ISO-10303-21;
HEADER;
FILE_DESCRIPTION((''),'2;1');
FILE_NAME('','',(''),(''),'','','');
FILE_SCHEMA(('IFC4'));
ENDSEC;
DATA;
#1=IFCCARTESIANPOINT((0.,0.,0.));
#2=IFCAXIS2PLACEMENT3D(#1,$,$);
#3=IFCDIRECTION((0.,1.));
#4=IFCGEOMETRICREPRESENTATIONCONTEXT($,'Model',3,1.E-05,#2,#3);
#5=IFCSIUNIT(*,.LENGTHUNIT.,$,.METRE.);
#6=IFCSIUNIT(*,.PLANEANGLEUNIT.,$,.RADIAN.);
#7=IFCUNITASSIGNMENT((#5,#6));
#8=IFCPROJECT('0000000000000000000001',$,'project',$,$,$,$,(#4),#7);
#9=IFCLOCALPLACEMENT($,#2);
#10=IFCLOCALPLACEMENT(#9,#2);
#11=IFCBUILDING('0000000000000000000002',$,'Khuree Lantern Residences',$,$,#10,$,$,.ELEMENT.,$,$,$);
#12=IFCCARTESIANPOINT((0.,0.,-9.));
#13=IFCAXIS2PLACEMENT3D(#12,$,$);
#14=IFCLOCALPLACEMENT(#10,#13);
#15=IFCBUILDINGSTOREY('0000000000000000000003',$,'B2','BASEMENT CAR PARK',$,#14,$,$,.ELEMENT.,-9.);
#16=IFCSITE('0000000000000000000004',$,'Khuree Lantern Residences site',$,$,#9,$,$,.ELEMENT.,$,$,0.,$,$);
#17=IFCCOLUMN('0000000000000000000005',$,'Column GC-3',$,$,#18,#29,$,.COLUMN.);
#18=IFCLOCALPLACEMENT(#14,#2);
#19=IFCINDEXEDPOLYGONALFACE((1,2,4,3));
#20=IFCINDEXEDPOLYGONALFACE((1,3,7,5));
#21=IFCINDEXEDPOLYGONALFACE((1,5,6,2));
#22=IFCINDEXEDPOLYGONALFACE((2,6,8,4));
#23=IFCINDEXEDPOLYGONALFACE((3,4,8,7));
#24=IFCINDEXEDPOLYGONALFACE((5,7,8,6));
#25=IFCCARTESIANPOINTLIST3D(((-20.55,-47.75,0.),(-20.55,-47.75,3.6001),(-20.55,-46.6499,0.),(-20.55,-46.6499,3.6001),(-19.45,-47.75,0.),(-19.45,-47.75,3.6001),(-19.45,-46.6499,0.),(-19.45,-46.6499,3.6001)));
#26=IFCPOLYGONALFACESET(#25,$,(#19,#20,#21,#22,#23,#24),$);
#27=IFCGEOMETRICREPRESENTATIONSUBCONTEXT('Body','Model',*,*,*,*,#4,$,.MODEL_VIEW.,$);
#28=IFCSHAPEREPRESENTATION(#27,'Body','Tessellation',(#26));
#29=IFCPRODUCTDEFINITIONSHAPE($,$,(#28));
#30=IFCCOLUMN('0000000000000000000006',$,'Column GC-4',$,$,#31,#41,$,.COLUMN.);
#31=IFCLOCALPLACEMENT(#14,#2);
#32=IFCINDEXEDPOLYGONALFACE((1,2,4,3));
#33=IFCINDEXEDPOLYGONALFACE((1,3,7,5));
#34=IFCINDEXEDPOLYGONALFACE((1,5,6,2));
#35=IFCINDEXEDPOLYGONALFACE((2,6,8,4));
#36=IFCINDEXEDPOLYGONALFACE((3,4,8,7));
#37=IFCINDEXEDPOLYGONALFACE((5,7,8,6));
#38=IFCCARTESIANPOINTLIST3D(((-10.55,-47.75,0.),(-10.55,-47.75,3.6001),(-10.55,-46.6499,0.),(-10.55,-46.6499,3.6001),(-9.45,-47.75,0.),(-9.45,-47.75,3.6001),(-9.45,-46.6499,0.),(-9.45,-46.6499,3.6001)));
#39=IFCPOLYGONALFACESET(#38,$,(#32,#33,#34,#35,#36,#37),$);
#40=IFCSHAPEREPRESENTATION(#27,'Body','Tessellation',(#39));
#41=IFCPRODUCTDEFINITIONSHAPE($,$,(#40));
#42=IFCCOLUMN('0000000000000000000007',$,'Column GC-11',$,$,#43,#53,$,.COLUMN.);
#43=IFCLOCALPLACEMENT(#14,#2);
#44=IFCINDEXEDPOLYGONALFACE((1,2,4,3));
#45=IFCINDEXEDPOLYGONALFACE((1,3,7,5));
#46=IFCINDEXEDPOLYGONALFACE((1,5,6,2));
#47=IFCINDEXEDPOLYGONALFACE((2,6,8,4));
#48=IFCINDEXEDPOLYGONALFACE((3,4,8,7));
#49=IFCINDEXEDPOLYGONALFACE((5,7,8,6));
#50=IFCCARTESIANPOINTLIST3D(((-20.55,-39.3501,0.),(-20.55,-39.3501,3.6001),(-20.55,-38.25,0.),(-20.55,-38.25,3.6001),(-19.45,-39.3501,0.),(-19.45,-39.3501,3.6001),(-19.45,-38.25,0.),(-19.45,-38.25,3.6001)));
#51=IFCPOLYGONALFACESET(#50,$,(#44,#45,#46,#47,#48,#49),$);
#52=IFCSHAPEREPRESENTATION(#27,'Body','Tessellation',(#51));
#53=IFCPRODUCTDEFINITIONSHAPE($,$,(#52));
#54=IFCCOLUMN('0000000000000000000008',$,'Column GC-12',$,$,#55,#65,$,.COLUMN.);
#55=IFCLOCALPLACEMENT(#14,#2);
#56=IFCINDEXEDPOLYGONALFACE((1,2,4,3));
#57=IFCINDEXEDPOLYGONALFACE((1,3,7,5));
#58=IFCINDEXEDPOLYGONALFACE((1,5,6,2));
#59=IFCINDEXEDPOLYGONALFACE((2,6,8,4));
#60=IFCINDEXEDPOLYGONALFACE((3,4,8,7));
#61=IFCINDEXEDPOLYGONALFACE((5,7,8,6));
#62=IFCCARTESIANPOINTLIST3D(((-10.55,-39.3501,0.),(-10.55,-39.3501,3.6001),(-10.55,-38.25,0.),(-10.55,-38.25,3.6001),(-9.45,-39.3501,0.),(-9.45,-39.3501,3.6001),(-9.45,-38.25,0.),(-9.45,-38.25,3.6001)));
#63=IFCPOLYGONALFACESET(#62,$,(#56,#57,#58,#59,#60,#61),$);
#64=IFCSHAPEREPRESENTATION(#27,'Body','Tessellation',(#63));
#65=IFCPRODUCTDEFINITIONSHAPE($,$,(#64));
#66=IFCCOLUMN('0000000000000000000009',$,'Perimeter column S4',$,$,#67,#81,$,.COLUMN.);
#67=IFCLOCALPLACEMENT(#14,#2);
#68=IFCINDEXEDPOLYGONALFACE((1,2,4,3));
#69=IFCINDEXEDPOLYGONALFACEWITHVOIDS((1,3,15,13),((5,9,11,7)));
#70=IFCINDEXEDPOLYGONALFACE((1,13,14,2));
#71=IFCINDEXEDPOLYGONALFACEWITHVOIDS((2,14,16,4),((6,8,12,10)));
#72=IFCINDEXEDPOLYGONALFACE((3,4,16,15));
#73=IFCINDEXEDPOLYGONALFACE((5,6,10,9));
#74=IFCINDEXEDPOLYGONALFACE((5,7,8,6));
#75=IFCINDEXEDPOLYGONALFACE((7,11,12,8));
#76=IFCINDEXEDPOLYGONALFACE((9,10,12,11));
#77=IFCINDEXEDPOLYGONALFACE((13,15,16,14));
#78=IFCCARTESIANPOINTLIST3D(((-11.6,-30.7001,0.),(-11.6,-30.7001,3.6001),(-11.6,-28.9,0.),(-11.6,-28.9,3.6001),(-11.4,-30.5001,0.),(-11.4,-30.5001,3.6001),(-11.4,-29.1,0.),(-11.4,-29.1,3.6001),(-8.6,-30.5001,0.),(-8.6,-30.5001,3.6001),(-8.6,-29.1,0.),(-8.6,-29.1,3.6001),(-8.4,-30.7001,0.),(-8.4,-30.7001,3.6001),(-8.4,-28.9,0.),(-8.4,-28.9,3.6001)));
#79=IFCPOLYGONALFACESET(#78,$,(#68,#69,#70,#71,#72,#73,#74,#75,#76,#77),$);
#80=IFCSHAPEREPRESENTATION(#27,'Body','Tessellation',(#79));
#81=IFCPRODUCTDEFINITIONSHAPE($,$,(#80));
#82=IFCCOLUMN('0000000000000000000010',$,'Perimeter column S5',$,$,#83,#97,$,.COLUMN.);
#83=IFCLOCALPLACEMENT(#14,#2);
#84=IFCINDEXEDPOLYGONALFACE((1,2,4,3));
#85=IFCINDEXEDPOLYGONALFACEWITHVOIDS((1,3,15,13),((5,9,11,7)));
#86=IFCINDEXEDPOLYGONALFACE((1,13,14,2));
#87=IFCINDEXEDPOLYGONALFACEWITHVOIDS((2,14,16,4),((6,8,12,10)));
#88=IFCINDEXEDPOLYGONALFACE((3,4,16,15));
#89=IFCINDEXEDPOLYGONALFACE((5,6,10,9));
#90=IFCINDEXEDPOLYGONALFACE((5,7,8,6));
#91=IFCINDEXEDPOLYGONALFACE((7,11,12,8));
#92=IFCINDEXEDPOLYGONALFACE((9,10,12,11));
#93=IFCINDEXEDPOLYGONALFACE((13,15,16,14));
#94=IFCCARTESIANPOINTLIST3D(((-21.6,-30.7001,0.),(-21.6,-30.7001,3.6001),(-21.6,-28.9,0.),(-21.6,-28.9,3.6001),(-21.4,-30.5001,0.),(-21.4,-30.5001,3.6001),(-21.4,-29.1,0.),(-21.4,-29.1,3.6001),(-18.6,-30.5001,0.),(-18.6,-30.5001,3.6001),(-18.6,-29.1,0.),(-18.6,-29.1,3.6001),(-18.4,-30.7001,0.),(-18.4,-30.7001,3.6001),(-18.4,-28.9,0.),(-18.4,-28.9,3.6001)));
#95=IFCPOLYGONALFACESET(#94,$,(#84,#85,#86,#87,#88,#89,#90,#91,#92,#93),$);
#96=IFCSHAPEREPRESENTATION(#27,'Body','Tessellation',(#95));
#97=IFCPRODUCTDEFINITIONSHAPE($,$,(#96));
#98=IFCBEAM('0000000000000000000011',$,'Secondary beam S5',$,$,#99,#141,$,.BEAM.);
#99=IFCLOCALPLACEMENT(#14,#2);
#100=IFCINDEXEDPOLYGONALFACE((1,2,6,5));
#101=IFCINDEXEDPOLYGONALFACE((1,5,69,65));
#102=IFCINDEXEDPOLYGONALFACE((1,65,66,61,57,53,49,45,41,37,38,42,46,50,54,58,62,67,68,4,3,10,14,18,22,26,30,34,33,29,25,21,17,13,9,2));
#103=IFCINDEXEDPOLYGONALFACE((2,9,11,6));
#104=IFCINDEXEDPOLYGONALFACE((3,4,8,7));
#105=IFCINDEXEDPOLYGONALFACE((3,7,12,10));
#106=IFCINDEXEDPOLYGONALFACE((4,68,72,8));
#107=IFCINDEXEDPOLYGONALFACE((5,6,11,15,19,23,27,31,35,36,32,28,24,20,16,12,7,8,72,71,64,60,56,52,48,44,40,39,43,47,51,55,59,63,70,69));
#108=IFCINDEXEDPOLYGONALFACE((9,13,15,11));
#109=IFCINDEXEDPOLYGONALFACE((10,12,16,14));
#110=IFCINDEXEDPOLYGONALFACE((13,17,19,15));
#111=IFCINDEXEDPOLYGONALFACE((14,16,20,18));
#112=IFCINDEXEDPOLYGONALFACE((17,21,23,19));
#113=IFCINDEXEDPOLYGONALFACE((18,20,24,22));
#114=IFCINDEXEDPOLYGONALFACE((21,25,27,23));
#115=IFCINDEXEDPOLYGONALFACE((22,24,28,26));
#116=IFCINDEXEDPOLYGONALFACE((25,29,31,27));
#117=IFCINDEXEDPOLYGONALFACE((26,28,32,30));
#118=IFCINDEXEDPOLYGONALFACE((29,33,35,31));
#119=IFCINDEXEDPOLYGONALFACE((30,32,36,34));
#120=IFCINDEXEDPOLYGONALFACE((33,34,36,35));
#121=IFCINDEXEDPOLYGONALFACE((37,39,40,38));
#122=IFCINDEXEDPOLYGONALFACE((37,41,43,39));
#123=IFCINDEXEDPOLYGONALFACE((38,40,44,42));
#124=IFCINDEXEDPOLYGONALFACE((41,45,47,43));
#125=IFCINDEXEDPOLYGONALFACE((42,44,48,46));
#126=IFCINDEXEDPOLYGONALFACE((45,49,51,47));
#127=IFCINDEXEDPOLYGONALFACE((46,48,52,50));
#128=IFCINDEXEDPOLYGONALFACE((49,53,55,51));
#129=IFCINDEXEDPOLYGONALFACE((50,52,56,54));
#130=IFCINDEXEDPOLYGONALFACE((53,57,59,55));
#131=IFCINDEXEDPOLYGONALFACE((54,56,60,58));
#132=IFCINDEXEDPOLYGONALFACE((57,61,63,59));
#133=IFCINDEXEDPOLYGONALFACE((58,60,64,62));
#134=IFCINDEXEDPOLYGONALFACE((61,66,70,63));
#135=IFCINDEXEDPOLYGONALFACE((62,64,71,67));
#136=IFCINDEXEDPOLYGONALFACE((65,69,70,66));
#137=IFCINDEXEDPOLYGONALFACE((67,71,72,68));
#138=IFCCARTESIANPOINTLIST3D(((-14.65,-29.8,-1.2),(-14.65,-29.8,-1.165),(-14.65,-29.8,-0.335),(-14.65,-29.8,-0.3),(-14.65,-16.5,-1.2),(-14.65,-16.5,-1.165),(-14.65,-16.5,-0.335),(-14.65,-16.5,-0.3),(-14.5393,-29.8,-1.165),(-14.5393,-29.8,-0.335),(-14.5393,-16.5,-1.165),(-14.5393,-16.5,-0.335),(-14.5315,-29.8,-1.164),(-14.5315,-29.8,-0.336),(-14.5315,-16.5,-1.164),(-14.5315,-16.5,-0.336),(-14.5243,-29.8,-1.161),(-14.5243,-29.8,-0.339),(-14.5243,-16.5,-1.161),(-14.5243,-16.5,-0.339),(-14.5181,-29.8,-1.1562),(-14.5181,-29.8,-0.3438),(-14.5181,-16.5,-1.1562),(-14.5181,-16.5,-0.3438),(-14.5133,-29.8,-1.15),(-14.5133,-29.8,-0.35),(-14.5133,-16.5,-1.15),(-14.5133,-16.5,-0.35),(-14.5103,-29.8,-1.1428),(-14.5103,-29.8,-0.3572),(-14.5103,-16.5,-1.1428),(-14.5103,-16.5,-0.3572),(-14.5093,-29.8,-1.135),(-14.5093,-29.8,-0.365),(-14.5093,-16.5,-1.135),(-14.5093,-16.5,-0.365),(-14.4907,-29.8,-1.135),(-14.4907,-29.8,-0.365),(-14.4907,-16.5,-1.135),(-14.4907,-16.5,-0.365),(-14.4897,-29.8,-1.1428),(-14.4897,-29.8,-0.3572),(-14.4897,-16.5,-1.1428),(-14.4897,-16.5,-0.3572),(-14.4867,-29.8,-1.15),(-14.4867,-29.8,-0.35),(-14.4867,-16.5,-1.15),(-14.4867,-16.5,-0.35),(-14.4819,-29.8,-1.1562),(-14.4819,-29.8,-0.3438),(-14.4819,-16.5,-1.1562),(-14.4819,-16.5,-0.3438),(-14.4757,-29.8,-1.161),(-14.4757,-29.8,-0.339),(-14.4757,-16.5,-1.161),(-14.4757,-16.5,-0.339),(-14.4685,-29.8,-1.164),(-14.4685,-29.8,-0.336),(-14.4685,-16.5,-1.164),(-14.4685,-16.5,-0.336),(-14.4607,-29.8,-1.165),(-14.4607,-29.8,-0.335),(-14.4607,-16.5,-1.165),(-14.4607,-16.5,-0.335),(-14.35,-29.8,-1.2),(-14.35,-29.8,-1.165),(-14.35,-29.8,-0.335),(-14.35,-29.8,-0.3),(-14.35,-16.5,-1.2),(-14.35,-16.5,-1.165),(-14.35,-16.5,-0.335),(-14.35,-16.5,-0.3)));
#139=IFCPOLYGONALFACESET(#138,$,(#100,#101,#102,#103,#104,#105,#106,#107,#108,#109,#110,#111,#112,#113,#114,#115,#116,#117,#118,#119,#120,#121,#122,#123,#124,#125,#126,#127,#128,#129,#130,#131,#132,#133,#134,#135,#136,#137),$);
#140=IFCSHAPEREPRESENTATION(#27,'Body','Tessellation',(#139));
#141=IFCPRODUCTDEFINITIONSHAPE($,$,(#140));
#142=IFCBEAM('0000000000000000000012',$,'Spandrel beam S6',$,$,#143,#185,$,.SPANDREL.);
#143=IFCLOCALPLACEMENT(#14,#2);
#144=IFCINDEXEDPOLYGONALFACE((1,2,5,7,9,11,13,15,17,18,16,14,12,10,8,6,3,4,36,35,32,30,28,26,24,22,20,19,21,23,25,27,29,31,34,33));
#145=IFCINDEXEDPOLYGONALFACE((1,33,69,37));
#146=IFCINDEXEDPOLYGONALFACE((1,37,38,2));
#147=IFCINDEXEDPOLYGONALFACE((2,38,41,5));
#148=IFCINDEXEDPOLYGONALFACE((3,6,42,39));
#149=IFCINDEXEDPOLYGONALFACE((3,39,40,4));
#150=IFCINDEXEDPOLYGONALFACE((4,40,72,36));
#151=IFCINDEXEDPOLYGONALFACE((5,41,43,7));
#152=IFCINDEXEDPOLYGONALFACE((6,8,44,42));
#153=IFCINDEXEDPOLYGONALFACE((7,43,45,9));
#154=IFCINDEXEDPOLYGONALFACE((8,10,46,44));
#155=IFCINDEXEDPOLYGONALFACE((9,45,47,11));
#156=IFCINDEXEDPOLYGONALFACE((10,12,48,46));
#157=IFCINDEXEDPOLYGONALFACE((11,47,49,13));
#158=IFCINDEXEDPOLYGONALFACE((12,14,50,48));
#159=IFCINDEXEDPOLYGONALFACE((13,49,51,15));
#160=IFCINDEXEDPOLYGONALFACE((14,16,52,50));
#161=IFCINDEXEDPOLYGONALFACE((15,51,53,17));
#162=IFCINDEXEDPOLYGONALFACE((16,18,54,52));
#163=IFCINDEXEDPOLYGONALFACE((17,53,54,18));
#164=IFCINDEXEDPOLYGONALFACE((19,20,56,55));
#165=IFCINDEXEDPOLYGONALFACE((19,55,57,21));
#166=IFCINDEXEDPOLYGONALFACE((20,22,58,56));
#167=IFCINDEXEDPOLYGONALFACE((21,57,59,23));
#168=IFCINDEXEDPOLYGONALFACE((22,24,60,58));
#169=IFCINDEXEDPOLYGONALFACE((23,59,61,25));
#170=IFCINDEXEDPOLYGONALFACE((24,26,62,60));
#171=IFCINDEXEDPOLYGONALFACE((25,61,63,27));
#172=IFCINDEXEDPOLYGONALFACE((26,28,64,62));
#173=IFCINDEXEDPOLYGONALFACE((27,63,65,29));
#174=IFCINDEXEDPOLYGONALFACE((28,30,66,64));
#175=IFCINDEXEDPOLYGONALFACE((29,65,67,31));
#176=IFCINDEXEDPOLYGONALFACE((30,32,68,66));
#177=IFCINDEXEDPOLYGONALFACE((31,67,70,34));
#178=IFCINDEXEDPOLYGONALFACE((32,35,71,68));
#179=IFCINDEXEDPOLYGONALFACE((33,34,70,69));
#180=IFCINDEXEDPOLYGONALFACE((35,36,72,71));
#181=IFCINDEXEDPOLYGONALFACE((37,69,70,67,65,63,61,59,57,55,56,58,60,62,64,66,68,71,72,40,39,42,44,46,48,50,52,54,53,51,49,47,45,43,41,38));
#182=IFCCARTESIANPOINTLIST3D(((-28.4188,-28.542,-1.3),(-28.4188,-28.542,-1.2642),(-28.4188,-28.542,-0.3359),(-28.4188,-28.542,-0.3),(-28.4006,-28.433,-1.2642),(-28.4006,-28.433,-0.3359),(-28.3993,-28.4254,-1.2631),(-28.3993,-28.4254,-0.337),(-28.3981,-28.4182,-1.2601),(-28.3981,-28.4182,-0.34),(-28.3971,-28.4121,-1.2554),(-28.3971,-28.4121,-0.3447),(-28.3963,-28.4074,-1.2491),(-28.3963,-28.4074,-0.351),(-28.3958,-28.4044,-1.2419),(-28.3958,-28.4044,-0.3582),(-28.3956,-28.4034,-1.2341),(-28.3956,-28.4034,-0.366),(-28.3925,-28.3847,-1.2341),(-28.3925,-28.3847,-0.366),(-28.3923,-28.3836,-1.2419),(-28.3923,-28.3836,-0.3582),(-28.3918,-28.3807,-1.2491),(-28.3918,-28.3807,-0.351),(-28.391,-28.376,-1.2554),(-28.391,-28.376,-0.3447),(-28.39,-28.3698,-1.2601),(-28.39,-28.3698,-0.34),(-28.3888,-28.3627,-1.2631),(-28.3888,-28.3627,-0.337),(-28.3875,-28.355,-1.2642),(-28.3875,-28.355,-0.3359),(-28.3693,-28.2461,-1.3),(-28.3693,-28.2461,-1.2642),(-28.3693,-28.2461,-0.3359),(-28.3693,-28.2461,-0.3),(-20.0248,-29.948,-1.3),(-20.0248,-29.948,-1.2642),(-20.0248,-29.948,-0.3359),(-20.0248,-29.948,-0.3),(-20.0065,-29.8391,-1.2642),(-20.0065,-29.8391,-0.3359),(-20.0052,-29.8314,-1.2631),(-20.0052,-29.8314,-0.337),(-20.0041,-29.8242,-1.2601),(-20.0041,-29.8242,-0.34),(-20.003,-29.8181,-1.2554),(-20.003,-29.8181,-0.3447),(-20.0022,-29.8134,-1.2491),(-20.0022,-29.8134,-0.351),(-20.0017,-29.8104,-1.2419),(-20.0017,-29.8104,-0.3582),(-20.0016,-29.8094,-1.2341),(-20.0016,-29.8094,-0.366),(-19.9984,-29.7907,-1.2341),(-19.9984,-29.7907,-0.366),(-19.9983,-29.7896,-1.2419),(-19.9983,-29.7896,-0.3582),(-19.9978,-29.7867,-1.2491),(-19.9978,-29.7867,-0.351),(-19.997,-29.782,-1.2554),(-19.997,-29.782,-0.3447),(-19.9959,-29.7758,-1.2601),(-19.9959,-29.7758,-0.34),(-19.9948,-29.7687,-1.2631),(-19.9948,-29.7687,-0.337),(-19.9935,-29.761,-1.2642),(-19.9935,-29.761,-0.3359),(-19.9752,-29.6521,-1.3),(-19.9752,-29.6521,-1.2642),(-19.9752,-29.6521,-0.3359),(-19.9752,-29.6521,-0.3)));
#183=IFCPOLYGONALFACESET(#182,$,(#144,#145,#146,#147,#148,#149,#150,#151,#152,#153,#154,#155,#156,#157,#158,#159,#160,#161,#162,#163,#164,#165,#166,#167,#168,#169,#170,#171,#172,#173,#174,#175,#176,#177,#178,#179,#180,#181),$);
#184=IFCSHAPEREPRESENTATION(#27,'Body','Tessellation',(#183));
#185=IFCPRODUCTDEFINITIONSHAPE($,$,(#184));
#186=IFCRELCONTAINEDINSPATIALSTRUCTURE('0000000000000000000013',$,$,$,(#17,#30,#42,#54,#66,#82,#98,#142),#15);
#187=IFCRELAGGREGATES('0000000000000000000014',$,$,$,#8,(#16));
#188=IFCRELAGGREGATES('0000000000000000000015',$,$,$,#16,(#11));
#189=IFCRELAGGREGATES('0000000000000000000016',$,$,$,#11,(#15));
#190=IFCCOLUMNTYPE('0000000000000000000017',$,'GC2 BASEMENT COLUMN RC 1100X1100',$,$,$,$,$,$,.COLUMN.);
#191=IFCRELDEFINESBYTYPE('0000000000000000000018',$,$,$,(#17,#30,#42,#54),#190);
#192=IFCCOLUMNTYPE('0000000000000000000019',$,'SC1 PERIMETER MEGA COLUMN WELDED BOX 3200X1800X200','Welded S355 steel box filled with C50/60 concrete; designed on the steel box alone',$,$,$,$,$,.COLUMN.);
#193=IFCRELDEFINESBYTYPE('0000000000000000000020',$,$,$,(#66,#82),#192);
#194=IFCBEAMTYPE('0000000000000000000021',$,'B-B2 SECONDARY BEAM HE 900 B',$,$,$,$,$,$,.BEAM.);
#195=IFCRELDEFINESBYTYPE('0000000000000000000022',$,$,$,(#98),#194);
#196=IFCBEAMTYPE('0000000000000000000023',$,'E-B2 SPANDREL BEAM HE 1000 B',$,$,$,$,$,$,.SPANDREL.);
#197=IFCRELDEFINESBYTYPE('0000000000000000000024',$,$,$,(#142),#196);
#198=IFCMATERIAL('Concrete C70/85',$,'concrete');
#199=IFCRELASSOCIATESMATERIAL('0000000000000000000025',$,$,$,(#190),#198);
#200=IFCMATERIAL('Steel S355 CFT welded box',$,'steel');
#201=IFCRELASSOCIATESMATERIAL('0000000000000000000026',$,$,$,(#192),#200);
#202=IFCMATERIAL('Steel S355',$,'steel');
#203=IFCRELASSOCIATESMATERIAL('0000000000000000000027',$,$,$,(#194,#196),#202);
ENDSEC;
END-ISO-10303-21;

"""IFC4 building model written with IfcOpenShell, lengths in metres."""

from ifc_helpers import new_model, si_unit, direction, frame, origin, origin_2d, place, context, subcontext, project, spatial, rectangle, hollow_rectangle, i_section, extrude, material, material_profile, profile_set, type_object, element, save


model = new_model("IFC4")

# Units and contexts
model_context = context("Model", 3, precision=1e-05, world=origin(), true_north=direction((0.0, 1.0)))
body_context = subcontext(model_context, "Body", "Model", "MODEL_VIEW")
ifc_project = project(units=[si_unit("LENGTHUNIT", "METRE"), si_unit("PLANEANGLEUNIT", "RADIAN")], contexts=[model_context])

# Site, building, storey
site_placement = place(None, origin())
site = spatial("IfcSite", under=ifc_project, at=site_placement, Name="Khuree Lantern Residences site", CompositionType="ELEMENT", RefElevation=0.0)
building_placement = place(site_placement, origin())
building = spatial("IfcBuilding", under=site, at=building_placement, Name="Khuree Lantern Residences", CompositionType="ELEMENT")
storey_placement = place(building_placement, frame((0.0, 0.0, -9.0)))
storey = spatial("IfcBuildingStorey", under=building, at=storey_placement, Name="B2", Description="BASEMENT CAR PARK", CompositionType="ELEMENT", Elevation=-9.0)

# Columns
ifc_material_1 = material(Name="Concrete C70/85", Category="concrete")
ifc_material_profile_1 = material_profile(ifc_material_1, rectangle(XDim=1.1001, YDim=1.1001, at=origin_2d()), Name="RC 1100X1100")
ifc_profile_set_1 = profile_set([ifc_material_profile_1], Name="Concrete C70/85")
column_type_1 = type_object("IfcColumnType", Name="GC2 BASEMENT COLUMN RC 1100X1100", PredefinedType="COLUMN", material=ifc_profile_set_1)
for number, where, z_axis, x_axis, name in (
    (1, (-20.0, -47.2, 0.0), (0.0, 0.0, 1.0), (1.0, 0.0, 0.0), "Column GC-3"),
    (2, (-10.0, -47.2, 0.0), (0.0, 0.0, 1.0), (1.0, 0.0, 0.0), "Column GC-4"),
    (3, (-20.0, -38.8, 0.0), (0.0, 0.0, 1.0), (1.0, 0.0, 0.0), "Column GC-11"),
    (4, (-10.0, -38.8, 0.0), (0.0, 0.0, 1.0), (1.0, 0.0, 0.0), "Column GC-12"),
):
    element("IfcColumn", number, at=place(storey_placement, frame(where, z_axis=z_axis, x_axis=x_axis)), inside=storey, type_object=column_type_1, Name=name, PredefinedType="COLUMN", context=body_context, shape_type="SweptSolid", body=[
        extrude(rectangle(XDim=1.1001, YDim=1.1001, at=origin_2d()), origin(), (0.0, 0.0, 1.0), 3.6001),
    ])
ifc_material_2 = material(Name="Steel S355 CFT welded box", Category="steel")
ifc_material_profile_2 = material_profile(ifc_material_2, hollow_rectangle(XDim=3.2, YDim=1.8, WallThickness=0.2, at=origin_2d()), Name="WELDED BOX 3200X1800X200")
ifc_profile_set_2 = profile_set([ifc_material_profile_2], Name="Steel S355 CFT welded box")
column_type_2 = type_object("IfcColumnType", Name="SC1 PERIMETER MEGA COLUMN WELDED BOX 3200X1800X200", Description="Welded S355 steel box filled with C50/60 concrete; designed on the steel box alone", PredefinedType="COLUMN", material=ifc_profile_set_2)
for number, where, z_axis, x_axis, name in (
    (5, (-10.0, -29.8, 0.0), (0.0, 0.0, 1.0), (1.0, 0.0, 0.0), "Perimeter column S4"),
    (6, (-20.0, -29.8, 0.0), (0.0, 0.0, 1.0), (1.0, 0.0, 0.0), "Perimeter column S5"),
):
    element("IfcColumn", number, at=place(storey_placement, frame(where, z_axis=z_axis, x_axis=x_axis)), inside=storey, type_object=column_type_2, Name=name, PredefinedType="COLUMN", context=body_context, shape_type="SweptSolid", body=[
        extrude(hollow_rectangle(XDim=3.2, YDim=1.8, WallThickness=0.2, at=origin_2d()), origin(), (0.0, 0.0, 1.0), 3.6001),
    ])

# Beams
ifc_material_3 = material(Name="Steel S355", Category="steel")
ifc_material_profile_3 = material_profile(ifc_material_3, i_section(OverallWidth=0.3, OverallDepth=0.8999, WebThickness=0.0186, FlangeThickness=0.0349, FilletRadius=0.03, at=origin_2d()), Name="HE 900 B")
ifc_profile_set_3 = profile_set([ifc_material_profile_3], Name="Steel S355")
beam_type_1 = type_object("IfcBeamType", Name="B-B2 SECONDARY BEAM HE 900 B", PredefinedType="BEAM", material=ifc_profile_set_3)
beam_1_placement = place(storey_placement, frame((-14.5, -29.8, -0.75), z_axis=(0.0, 1.0, 0.0), x_axis=(-1.0, 0.0, 0.0)))
element("IfcBeam", 7, at=beam_1_placement, inside=storey, type_object=beam_type_1, Name="Secondary beam S5", PredefinedType="BEAM", context=body_context, shape_type="SweptSolid", body=[
    extrude(i_section(OverallWidth=0.3, OverallDepth=0.8999, WebThickness=0.0186, FlangeThickness=0.0349, FilletRadius=0.03, at=origin_2d()), origin(), (0.0, 0.0, 1.0), 13.3),
])
ifc_material_profile_4 = material_profile(ifc_material_3, i_section(OverallWidth=0.3, OverallDepth=1.0, WebThickness=0.019, FlangeThickness=0.0359, FilletRadius=0.03, at=origin_2d()), Name="HE 1000 B")
ifc_profile_set_4 = profile_set([ifc_material_profile_4], Name="Steel S355")
beam_type_2 = type_object("IfcBeamType", Name="E-B2 SPANDREL BEAM HE 1000 B", PredefinedType="SPANDREL", material=ifc_profile_set_4)
beam_2_placement = place(storey_placement, frame((-20.0, -29.8, -0.8), z_axis=(-0.98626, 0.165199, 0.0), x_axis=(-0.165199, -0.98626, 0.0)))
element("IfcBeam", 8, at=beam_2_placement, inside=storey, type_object=beam_type_2, Name="Spandrel beam S6", PredefinedType="SPANDREL", context=body_context, shape_type="SweptSolid", body=[
    extrude(i_section(OverallWidth=0.3, OverallDepth=1.0, WebThickness=0.019, FlangeThickness=0.0359, FilletRadius=0.03, at=origin_2d()), origin(), (0.0, 0.0, 1.0), 8.511),
])

save(model, "model.ifc")
